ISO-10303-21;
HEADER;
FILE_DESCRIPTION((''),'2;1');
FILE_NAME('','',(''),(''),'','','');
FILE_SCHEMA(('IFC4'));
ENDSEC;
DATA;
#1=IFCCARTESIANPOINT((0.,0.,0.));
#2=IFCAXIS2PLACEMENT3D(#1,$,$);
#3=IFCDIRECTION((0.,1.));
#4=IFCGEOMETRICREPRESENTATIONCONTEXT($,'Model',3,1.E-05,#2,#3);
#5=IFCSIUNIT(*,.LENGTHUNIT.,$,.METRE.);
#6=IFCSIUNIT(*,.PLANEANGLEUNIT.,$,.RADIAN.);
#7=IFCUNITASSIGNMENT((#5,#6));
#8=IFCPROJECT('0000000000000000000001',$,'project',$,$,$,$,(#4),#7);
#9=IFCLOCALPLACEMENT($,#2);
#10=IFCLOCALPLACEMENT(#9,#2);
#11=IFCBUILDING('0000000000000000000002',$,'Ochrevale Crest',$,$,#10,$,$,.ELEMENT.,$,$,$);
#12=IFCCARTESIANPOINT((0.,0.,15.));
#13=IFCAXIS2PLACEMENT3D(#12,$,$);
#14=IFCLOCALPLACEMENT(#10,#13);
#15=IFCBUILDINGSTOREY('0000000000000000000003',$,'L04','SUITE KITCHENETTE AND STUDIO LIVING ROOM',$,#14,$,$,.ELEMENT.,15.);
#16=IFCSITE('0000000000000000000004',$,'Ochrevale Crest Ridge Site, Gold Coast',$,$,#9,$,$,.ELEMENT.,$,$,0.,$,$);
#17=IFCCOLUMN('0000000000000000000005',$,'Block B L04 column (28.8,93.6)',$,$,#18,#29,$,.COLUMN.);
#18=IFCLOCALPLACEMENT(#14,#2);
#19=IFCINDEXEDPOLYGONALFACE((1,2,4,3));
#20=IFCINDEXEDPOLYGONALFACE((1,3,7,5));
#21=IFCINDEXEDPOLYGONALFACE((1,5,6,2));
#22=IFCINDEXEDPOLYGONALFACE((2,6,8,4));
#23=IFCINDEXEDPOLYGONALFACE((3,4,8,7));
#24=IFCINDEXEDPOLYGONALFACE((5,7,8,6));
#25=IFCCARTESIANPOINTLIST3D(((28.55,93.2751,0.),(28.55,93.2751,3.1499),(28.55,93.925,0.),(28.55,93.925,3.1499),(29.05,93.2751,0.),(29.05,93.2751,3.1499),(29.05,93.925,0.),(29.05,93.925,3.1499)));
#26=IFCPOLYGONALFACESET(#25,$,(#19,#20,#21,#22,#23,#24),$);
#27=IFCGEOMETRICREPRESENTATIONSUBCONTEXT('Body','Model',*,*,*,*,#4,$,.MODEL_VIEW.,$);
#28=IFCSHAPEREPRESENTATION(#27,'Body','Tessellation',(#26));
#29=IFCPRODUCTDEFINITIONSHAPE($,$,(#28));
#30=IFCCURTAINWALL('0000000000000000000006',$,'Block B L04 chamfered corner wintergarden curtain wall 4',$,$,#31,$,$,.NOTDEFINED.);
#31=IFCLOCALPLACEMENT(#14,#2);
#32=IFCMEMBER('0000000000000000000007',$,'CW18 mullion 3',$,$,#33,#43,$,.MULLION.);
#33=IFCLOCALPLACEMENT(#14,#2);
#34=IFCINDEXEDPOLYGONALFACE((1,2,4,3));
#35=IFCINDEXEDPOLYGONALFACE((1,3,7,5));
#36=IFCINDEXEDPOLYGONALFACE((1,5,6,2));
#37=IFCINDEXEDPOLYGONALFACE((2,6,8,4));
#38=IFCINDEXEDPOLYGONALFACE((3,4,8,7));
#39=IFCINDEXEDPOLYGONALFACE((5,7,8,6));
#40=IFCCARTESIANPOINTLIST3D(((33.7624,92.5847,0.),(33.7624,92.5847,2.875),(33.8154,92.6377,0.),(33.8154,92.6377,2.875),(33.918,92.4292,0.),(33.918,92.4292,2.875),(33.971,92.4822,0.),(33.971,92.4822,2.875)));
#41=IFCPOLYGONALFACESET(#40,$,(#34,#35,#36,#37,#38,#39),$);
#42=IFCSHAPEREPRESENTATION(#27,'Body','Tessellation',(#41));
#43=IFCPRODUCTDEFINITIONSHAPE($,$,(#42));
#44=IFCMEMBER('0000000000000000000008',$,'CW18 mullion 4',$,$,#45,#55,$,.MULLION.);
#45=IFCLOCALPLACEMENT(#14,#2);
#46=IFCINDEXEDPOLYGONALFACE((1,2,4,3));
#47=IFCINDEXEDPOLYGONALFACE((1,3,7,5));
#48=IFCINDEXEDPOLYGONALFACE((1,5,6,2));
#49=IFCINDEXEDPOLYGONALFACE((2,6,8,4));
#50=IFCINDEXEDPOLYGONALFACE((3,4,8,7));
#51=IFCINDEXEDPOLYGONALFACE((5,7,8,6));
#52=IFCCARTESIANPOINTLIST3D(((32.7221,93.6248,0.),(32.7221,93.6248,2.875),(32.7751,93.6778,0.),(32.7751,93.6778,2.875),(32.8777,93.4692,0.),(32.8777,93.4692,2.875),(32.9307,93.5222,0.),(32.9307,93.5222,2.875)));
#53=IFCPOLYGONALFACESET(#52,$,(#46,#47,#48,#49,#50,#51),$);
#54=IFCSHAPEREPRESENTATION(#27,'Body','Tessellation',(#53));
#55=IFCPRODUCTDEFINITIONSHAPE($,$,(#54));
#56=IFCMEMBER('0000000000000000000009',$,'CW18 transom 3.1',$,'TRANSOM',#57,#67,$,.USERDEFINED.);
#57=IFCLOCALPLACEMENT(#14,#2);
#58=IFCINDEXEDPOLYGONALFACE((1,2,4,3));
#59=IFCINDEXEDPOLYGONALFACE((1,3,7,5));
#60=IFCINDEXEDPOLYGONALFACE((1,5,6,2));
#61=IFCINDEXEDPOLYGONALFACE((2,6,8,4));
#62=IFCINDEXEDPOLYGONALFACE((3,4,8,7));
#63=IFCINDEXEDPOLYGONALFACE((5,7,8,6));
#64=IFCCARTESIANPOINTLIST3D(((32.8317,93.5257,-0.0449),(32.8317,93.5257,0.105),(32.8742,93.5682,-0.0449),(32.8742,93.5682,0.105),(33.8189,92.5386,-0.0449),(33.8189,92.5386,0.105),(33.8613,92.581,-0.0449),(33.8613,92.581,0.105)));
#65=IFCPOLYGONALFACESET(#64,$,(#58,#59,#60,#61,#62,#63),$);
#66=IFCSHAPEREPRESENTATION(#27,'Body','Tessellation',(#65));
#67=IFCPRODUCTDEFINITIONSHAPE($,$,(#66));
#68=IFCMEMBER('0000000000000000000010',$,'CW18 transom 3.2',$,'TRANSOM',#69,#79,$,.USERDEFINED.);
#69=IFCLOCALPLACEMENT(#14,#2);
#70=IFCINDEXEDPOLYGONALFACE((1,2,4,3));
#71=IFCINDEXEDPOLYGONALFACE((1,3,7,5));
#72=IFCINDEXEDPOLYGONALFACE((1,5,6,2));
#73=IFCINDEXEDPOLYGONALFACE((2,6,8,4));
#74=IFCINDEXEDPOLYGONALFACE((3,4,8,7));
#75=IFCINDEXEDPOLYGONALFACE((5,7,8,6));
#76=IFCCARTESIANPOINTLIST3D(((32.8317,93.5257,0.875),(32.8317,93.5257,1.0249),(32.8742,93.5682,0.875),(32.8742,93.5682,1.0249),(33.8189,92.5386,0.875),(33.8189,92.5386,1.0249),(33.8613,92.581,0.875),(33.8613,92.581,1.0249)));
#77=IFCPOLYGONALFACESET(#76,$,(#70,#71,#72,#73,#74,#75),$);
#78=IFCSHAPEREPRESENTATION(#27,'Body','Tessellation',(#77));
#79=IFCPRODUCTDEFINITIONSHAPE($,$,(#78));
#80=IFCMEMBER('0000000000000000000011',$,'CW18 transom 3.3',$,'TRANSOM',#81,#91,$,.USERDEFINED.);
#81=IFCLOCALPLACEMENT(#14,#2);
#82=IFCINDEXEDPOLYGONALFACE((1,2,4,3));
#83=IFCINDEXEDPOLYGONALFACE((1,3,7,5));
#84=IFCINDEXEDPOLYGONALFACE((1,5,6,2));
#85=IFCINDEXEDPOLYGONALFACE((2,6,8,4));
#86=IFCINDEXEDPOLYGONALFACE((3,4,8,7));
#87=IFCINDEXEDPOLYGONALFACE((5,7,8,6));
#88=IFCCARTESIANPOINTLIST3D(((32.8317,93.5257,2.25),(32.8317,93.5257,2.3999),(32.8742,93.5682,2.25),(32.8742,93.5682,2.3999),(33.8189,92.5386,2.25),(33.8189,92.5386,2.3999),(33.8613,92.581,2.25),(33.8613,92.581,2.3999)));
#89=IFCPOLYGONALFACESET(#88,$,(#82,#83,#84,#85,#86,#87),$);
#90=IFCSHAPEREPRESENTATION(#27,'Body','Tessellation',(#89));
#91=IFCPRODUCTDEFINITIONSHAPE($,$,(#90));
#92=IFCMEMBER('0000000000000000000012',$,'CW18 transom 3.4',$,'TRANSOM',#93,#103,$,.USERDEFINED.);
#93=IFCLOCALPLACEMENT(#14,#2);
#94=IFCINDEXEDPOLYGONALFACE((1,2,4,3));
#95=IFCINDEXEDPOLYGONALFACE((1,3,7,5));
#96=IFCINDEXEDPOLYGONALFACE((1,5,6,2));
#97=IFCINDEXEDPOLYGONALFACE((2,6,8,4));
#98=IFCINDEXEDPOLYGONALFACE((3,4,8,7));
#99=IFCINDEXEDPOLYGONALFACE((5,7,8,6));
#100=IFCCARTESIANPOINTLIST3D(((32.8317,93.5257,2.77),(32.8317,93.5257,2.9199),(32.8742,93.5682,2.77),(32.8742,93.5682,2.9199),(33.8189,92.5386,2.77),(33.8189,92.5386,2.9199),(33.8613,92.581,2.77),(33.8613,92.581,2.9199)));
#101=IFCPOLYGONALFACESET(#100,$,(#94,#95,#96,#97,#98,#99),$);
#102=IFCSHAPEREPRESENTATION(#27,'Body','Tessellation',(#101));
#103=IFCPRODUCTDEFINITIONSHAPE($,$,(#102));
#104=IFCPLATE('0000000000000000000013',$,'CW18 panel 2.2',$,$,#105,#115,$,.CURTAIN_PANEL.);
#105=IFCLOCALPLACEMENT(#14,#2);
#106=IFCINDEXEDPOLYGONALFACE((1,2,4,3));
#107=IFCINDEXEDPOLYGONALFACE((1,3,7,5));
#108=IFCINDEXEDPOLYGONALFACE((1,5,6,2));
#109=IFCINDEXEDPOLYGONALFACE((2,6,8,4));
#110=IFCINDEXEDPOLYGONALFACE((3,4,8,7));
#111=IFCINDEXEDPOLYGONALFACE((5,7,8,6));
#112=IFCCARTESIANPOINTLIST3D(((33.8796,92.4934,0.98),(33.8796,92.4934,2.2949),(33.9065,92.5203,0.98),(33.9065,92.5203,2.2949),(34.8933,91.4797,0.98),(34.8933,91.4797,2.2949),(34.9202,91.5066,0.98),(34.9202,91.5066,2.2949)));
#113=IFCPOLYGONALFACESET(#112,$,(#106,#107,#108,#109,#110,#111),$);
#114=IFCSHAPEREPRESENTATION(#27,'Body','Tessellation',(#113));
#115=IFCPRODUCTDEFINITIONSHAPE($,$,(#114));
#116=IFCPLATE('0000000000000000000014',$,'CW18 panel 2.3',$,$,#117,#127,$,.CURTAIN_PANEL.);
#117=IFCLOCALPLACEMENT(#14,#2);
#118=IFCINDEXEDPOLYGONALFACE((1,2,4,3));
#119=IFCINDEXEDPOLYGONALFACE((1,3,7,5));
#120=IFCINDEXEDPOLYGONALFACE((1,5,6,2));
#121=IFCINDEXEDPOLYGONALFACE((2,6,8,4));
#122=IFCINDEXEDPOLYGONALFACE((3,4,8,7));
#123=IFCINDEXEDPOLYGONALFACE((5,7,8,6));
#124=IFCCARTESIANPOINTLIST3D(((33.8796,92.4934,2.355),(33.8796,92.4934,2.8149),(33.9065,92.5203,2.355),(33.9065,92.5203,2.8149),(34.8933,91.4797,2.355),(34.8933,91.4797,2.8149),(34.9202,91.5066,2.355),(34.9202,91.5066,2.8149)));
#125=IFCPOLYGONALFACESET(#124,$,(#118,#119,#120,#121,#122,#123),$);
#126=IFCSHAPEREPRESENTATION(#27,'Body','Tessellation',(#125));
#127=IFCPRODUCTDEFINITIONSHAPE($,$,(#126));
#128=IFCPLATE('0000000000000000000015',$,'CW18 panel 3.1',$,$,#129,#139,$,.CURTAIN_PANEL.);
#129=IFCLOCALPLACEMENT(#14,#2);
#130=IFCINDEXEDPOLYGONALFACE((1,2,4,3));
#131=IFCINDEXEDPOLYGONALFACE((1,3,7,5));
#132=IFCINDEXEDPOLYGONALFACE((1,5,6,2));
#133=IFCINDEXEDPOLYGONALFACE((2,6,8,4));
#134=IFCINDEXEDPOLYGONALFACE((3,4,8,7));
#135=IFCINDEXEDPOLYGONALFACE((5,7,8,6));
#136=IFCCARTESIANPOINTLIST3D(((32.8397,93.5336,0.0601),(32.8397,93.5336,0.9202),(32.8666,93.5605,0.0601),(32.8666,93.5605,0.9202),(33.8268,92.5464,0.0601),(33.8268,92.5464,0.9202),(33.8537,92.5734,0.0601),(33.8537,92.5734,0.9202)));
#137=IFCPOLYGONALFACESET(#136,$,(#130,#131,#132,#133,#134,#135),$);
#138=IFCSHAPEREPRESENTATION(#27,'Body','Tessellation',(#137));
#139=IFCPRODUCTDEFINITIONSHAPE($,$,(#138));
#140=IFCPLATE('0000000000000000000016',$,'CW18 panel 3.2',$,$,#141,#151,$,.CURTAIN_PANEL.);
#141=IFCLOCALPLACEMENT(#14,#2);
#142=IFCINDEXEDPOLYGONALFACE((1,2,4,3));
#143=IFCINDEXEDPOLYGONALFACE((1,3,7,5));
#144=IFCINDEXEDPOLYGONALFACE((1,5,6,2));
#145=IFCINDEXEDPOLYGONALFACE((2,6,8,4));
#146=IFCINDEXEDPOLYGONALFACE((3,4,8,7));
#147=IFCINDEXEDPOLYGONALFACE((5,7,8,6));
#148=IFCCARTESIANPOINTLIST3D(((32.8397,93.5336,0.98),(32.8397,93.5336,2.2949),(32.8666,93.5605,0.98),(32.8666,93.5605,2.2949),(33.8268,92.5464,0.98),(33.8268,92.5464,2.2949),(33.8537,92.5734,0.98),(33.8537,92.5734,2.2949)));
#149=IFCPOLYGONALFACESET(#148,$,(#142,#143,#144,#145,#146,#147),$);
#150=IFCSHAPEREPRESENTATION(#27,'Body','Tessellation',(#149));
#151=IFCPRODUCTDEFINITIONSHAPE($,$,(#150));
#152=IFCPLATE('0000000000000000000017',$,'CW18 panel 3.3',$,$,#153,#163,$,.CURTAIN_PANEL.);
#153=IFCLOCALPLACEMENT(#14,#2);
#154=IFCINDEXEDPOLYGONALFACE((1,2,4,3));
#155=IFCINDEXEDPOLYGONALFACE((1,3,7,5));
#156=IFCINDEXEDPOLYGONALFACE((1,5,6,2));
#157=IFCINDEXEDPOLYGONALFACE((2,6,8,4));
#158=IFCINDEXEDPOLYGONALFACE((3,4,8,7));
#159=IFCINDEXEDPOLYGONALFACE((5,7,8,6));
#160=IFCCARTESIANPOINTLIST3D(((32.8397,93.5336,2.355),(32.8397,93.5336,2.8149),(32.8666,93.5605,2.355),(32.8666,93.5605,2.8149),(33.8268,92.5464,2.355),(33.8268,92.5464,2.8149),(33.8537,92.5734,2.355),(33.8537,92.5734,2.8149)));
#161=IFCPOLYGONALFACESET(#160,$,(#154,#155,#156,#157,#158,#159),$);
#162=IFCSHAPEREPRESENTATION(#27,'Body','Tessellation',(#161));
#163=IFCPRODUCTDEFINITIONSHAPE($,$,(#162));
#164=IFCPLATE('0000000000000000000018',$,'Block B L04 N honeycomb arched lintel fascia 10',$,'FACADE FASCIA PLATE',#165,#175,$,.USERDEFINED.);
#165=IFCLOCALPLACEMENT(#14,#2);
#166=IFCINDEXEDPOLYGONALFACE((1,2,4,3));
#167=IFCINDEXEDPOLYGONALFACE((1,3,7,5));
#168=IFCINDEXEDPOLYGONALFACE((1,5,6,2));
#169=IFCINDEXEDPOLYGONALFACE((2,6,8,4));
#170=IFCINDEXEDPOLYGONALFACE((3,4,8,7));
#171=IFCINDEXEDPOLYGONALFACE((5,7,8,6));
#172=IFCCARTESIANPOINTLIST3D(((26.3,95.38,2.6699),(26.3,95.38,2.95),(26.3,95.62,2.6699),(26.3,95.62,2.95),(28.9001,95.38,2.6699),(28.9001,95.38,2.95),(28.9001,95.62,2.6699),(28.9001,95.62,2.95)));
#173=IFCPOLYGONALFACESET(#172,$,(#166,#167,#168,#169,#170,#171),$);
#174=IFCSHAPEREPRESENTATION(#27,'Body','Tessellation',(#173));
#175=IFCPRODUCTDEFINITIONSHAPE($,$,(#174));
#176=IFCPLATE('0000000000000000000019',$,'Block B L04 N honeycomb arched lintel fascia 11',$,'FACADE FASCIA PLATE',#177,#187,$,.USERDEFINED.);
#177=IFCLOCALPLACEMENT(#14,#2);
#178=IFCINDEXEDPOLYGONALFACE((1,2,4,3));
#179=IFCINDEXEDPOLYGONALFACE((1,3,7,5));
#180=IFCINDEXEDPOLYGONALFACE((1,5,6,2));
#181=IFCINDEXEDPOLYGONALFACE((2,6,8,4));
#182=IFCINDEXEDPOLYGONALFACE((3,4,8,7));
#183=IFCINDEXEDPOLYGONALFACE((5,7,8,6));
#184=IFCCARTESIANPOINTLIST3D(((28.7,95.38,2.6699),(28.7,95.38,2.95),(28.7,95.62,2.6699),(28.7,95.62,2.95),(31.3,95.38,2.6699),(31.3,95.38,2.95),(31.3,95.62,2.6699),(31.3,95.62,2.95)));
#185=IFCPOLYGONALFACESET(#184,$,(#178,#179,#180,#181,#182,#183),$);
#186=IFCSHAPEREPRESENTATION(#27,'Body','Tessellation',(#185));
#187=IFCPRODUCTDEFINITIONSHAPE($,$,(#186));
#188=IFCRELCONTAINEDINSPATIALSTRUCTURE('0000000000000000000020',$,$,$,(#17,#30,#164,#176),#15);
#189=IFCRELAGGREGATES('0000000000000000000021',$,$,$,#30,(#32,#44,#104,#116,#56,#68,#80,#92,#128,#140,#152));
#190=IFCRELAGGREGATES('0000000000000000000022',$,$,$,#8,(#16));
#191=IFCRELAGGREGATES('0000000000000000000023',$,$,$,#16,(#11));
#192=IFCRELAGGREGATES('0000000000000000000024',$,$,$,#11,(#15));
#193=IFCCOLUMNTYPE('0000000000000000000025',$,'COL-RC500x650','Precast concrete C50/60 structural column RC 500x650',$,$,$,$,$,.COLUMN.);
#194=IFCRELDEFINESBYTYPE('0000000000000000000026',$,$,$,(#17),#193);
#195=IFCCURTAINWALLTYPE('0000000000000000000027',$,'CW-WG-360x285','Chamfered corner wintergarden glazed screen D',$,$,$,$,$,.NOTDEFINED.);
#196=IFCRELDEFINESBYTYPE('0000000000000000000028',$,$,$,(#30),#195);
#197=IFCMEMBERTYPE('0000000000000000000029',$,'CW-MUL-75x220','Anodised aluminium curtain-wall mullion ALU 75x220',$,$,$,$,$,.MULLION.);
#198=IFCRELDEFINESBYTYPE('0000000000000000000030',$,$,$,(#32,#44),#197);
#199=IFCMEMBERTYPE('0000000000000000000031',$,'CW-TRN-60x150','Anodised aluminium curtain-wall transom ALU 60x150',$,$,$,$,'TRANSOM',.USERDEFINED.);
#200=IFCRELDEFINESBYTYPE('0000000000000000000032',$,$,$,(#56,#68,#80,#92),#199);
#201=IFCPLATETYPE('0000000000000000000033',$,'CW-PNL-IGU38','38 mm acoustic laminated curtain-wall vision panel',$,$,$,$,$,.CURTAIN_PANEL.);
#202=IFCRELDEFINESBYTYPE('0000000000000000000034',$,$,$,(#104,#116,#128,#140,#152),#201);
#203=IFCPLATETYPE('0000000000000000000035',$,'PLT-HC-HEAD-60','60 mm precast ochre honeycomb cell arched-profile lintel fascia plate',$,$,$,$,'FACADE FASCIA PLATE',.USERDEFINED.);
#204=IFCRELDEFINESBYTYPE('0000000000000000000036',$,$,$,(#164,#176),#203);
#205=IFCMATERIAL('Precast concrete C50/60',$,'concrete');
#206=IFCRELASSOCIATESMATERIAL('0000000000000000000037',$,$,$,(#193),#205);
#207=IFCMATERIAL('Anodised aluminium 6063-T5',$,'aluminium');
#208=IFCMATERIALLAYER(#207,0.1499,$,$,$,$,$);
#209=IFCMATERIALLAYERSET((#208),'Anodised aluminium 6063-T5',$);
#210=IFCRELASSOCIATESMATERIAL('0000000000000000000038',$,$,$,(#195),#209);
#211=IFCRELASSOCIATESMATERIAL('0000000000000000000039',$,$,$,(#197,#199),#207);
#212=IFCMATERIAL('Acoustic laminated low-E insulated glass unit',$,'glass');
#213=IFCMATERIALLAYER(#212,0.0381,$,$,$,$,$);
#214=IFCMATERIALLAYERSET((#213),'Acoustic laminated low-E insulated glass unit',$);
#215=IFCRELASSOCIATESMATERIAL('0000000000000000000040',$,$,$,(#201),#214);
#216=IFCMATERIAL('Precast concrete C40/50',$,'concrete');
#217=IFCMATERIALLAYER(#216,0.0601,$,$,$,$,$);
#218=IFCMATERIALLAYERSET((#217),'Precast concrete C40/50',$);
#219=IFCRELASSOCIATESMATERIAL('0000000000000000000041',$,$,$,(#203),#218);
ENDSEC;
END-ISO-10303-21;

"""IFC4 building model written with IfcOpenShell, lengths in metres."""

from ifc_helpers import new_model, si_unit, direction, frame, origin, origin_2d, place, context, subcontext, project, spatial, rectangle, extrude, material, layer, layer_set, material_profile, profile_set, type_object, element, aggregate, save


model = new_model("IFC4")

# Units and contexts
model_context = context("Model", 3, precision=1e-05, world=origin(), true_north=direction((0.0, 1.0)))
body_context = subcontext(model_context, "Body", "Model", "MODEL_VIEW")
ifc_project = project(units=[si_unit("LENGTHUNIT", "METRE"), si_unit("PLANEANGLEUNIT", "RADIAN")], contexts=[model_context])

# Site, building, storey
site_placement = place(None, origin())
site = spatial("IfcSite", under=ifc_project, at=site_placement, Name="Ochrevale Crest Ridge Site, Gold Coast", CompositionType="ELEMENT", RefElevation=0.0)
building_placement = place(site_placement, origin())
building = spatial("IfcBuilding", under=site, at=building_placement, Name="Ochrevale Crest", CompositionType="ELEMENT")
storey_placement = place(building_placement, frame((0.0, 0.0, 15.0)))
storey = spatial("IfcBuildingStorey", under=building, at=storey_placement, Name="L04", Description="SUITE KITCHENETTE AND STUDIO LIVING ROOM", CompositionType="ELEMENT", Elevation=15.0)

# Column
ifc_material_1 = material(Name="Precast concrete C50/60", Category="concrete")
ifc_material_profile_1 = material_profile(ifc_material_1, rectangle(XDim=0.5, YDim=0.6499, at=origin_2d()), Name="RC 500x650")
ifc_profile_set_1 = profile_set([ifc_material_profile_1], Name="Precast concrete C50/60")
column_type = type_object("IfcColumnType", Name="COL-RC500x650", Description="Precast concrete C50/60 structural column RC 500x650", PredefinedType="COLUMN", material=ifc_profile_set_1)
column_placement = place(storey_placement, frame((28.8, 93.6001, 0.0), z_axis=(0.0, 0.0, 1.0), x_axis=(1.0, 0.0, 0.0)))
element("IfcColumn", 1, at=column_placement, inside=storey, type_object=column_type, Name="Block B L04 column (28.8,93.6)", PredefinedType="COLUMN", context=body_context, shape_type="SweptSolid", body=[
    extrude(rectangle(XDim=0.5, YDim=0.6499, at=origin_2d()), origin(), (0.0, 0.0, 1.0), 3.1499),
])

# Curtain wall, members, plates
ifc_material_2 = material(Name="Anodised aluminium 6063-T5", Category="aluminium")
ifc_layer_1 = layer(ifc_material_2, 0.1499)
ifc_layer_set_1 = layer_set([ifc_layer_1], Name="Anodised aluminium 6063-T5")
curtain_wall_type = type_object("IfcCurtainWallType", Name="CW-WG-360x285", Description="Chamfered corner wintergarden glazed screen D", PredefinedType="NOTDEFINED", material=ifc_layer_set_1)
curtain_wall_placement = place(storey_placement, origin())
curtain_wall = element("IfcCurtainWall", 2, at=curtain_wall_placement, inside=storey, type_object=curtain_wall_type, Name="Block B L04 chamfered corner wintergarden curtain wall 4", PredefinedType="NOTDEFINED")
ifc_material_profile_2 = material_profile(ifc_material_2, rectangle(XDim=0.075, YDim=0.22, at=origin_2d()), Name="ALU 75x220")
ifc_profile_set_2 = profile_set([ifc_material_profile_2], Name="Anodised aluminium 6063-T5")
member_type_1 = type_object("IfcMemberType", Name="CW-MUL-75x220", Description="Anodised aluminium curtain-wall mullion ALU 75x220", PredefinedType="MULLION", material=ifc_profile_set_2)
member_1_placement = place(storey_placement, frame((33.8667, 92.5334, 0.0), z_axis=(0.0, 0.0, 1.0), x_axis=(-0.707107, -0.707107, 0.0)))
member_1 = element("IfcMember", 3, at=member_1_placement, type_object=member_type_1, Name="CW18 mullion 3", PredefinedType="MULLION", context=body_context, shape_type="SweptSolid", body=[
    extrude(rectangle(XDim=0.075, YDim=0.22, at=origin_2d()), origin(), (0.0, 0.0, 1.0), 2.875),
])
member_2_placement = place(storey_placement, frame((32.8264, 93.5735, 0.0), z_axis=(0.0, 0.0, 1.0), x_axis=(-0.707107, -0.707107, 0.0)))
member_2 = element("IfcMember", 4, at=member_2_placement, type_object=member_type_1, Name="CW18 mullion 4", PredefinedType="MULLION", context=body_context, shape_type="SweptSolid", body=[
    extrude(rectangle(XDim=0.075, YDim=0.22, at=origin_2d()), origin(), (0.0, 0.0, 1.0), 2.875),
])
ifc_material_profile_3 = material_profile(ifc_material_2, rectangle(XDim=0.0601, YDim=0.1499, at=origin_2d()), Name="ALU 60x150")
ifc_profile_set_3 = profile_set([ifc_material_profile_3], Name="Anodised aluminium 6063-T5")
member_type_2 = type_object("IfcMemberType", Name="CW-TRN-60x150", Description="Anodised aluminium curtain-wall transom ALU 60x150", ElementType="TRANSOM", PredefinedType="USERDEFINED", material=ifc_profile_set_3)
member_3_placement = place(storey_placement, frame((33.8401, 92.5598, 0.03), z_axis=(-0.707107, 0.707107, 0.0), x_axis=(-0.707107, -0.707107, 0.0)))
member_3 = element("IfcMember", 5, at=member_3_placement, type_object=member_type_2, Name="CW18 transom 3.1", ObjectType="TRANSOM", PredefinedType="USERDEFINED", context=body_context, shape_type="SweptSolid", body=[
    extrude(rectangle(XDim=0.0601, YDim=0.1499, at=origin_2d()), origin(), (0.0, 0.0, 1.0), 1.396),
])
member_4_placement = place(storey_placement, frame((33.8401, 92.5598, 0.95), z_axis=(-0.707107, 0.707107, 0.0), x_axis=(-0.707107, -0.707107, 0.0)))
member_4 = element("IfcMember", 6, at=member_4_placement, type_object=member_type_2, Name="CW18 transom 3.2", ObjectType="TRANSOM", PredefinedType="USERDEFINED", context=body_context, shape_type="SweptSolid", body=[
    extrude(rectangle(XDim=0.0601, YDim=0.1499, at=origin_2d()), origin(), (0.0, 0.0, 1.0), 1.396),
])
member_5_placement = place(storey_placement, frame((33.8401, 92.5598, 2.325), z_axis=(-0.707107, 0.707107, 0.0), x_axis=(-0.707107, -0.707107, 0.0)))
member_5 = element("IfcMember", 7, at=member_5_placement, type_object=member_type_2, Name="CW18 transom 3.3", ObjectType="TRANSOM", PredefinedType="USERDEFINED", context=body_context, shape_type="SweptSolid", body=[
    extrude(rectangle(XDim=0.0601, YDim=0.1499, at=origin_2d()), origin(), (0.0, 0.0, 1.0), 1.396),
])
member_6_placement = place(storey_placement, frame((33.8401, 92.5598, 2.845), z_axis=(-0.707107, 0.707107, 0.0), x_axis=(-0.707107, -0.707107, 0.0)))
member_6 = element("IfcMember", 8, at=member_6_placement, type_object=member_type_2, Name="CW18 transom 3.4", ObjectType="TRANSOM", PredefinedType="USERDEFINED", context=body_context, shape_type="SweptSolid", body=[
    extrude(rectangle(XDim=0.0601, YDim=0.1499, at=origin_2d()), origin(), (0.0, 0.0, 1.0), 1.396),
])
ifc_material_3 = material(Name="Acoustic laminated low-E insulated glass unit", Category="glass")
ifc_layer_2 = layer(ifc_material_3, 0.0381)
ifc_layer_set_2 = layer_set([ifc_layer_2], Name="Acoustic laminated low-E insulated glass unit")
plate_type_1 = type_object("IfcPlateType", Name="CW-PNL-IGU38", Description="38 mm acoustic laminated curtain-wall vision panel", PredefinedType="CURTAIN_PANEL", material=ifc_layer_set_2)
plate_1_placement = place(storey_placement, frame((34.3999, 92.0, 0.98), z_axis=(0.0, 0.0, 1.0), x_axis=(-0.707107, 0.707107, 0.0)))
plate_1 = element("IfcPlate", 9, at=plate_1_placement, type_object=plate_type_1, Name="CW18 panel 2.2", PredefinedType="CURTAIN_PANEL", context=body_context, shape_type="SweptSolid", body=[
    extrude(rectangle(XDim=1.4336, YDim=0.0381, at=origin_2d()), origin(), (0.0, 0.0, 1.0), 1.3149),
])
plate_2_placement = place(storey_placement, frame((34.3999, 92.0, 2.355), z_axis=(0.0, 0.0, 1.0), x_axis=(-0.707107, 0.707107, 0.0)))
plate_2 = element("IfcPlate", 10, at=plate_2_placement, type_object=plate_type_1, Name="CW18 panel 2.3", PredefinedType="CURTAIN_PANEL", context=body_context, shape_type="SweptSolid", body=[
    extrude(rectangle(XDim=1.4336, YDim=0.0381, at=origin_2d()), origin(), (0.0, 0.0, 1.0), 0.46),
])
plate_3_placement = place(storey_placement, frame((33.3467, 93.0535, 0.0601), z_axis=(0.0, 0.0, 1.0), x_axis=(-0.707107, 0.707107, 0.0)))
plate_3 = element("IfcPlate", 11, at=plate_3_placement, type_object=plate_type_1, Name="CW18 panel 3.1", PredefinedType="CURTAIN_PANEL", context=body_context, shape_type="SweptSolid", body=[
    extrude(rectangle(XDim=1.396, YDim=0.0381, at=origin_2d()), origin(), (0.0, 0.0, 1.0), 0.8601),
])
plate_4_placement = place(storey_placement, frame((33.3467, 93.0535, 0.98), z_axis=(0.0, 0.0, 1.0), x_axis=(-0.707107, 0.707107, 0.0)))
plate_4 = element("IfcPlate", 12, at=plate_4_placement, type_object=plate_type_1, Name="CW18 panel 3.2", PredefinedType="CURTAIN_PANEL", context=body_context, shape_type="SweptSolid", body=[
    extrude(rectangle(XDim=1.396, YDim=0.0381, at=origin_2d()), origin(), (0.0, 0.0, 1.0), 1.3149),
])
plate_5_placement = place(storey_placement, frame((33.3467, 93.0535, 2.355), z_axis=(0.0, 0.0, 1.0), x_axis=(-0.707107, 0.707107, 0.0)))
plate_5 = element("IfcPlate", 13, at=plate_5_placement, type_object=plate_type_1, Name="CW18 panel 3.3", PredefinedType="CURTAIN_PANEL", context=body_context, shape_type="SweptSolid", body=[
    extrude(rectangle(XDim=1.396, YDim=0.0381, at=origin_2d()), origin(), (0.0, 0.0, 1.0), 0.46),
])
aggregate(curtain_wall, [member_1, member_2, plate_1, plate_2, member_3, member_4, member_5, member_6, plate_3, plate_4, plate_5])

# Plates
ifc_material_4 = material(Name="Precast concrete C40/50", Category="concrete")
ifc_layer_3 = layer(ifc_material_4, 0.0601)
ifc_layer_set_3 = layer_set([ifc_layer_3], Name="Precast concrete C40/50")
plate_type_2 = type_object("IfcPlateType", Name="PLT-HC-HEAD-60", Description="60 mm precast ochre honeycomb cell arched-profile lintel fascia plate", ElementType="FACADE FASCIA PLATE", PredefinedType="USERDEFINED", material=ifc_layer_set_3)
for number, where, z_axis, x_axis, name in (
    (14, (27.6001, 95.5, 2.6699), (0.0, 0.0, 1.0), (1.0, 0.0, 0.0), "Block B L04 N honeycomb arched lintel fascia 10"),
    (15, (30.0, 95.5, 2.6699), (0.0, 0.0, 1.0), (1.0, 0.0, 0.0), "Block B L04 N honeycomb arched lintel fascia 11"),
):
    element("IfcPlate", number, at=place(storey_placement, frame(where, z_axis=z_axis, x_axis=x_axis)), inside=storey, type_object=plate_type_2, Name=name, ObjectType="FACADE FASCIA PLATE", PredefinedType="USERDEFINED", context=body_context, shape_type="SweptSolid", body=[
        extrude(rectangle(XDim=2.6001, YDim=0.24, at=origin_2d()), origin(), (0.0, 0.0, 1.0), 0.28),
    ])

save(model, "model.ifc")
